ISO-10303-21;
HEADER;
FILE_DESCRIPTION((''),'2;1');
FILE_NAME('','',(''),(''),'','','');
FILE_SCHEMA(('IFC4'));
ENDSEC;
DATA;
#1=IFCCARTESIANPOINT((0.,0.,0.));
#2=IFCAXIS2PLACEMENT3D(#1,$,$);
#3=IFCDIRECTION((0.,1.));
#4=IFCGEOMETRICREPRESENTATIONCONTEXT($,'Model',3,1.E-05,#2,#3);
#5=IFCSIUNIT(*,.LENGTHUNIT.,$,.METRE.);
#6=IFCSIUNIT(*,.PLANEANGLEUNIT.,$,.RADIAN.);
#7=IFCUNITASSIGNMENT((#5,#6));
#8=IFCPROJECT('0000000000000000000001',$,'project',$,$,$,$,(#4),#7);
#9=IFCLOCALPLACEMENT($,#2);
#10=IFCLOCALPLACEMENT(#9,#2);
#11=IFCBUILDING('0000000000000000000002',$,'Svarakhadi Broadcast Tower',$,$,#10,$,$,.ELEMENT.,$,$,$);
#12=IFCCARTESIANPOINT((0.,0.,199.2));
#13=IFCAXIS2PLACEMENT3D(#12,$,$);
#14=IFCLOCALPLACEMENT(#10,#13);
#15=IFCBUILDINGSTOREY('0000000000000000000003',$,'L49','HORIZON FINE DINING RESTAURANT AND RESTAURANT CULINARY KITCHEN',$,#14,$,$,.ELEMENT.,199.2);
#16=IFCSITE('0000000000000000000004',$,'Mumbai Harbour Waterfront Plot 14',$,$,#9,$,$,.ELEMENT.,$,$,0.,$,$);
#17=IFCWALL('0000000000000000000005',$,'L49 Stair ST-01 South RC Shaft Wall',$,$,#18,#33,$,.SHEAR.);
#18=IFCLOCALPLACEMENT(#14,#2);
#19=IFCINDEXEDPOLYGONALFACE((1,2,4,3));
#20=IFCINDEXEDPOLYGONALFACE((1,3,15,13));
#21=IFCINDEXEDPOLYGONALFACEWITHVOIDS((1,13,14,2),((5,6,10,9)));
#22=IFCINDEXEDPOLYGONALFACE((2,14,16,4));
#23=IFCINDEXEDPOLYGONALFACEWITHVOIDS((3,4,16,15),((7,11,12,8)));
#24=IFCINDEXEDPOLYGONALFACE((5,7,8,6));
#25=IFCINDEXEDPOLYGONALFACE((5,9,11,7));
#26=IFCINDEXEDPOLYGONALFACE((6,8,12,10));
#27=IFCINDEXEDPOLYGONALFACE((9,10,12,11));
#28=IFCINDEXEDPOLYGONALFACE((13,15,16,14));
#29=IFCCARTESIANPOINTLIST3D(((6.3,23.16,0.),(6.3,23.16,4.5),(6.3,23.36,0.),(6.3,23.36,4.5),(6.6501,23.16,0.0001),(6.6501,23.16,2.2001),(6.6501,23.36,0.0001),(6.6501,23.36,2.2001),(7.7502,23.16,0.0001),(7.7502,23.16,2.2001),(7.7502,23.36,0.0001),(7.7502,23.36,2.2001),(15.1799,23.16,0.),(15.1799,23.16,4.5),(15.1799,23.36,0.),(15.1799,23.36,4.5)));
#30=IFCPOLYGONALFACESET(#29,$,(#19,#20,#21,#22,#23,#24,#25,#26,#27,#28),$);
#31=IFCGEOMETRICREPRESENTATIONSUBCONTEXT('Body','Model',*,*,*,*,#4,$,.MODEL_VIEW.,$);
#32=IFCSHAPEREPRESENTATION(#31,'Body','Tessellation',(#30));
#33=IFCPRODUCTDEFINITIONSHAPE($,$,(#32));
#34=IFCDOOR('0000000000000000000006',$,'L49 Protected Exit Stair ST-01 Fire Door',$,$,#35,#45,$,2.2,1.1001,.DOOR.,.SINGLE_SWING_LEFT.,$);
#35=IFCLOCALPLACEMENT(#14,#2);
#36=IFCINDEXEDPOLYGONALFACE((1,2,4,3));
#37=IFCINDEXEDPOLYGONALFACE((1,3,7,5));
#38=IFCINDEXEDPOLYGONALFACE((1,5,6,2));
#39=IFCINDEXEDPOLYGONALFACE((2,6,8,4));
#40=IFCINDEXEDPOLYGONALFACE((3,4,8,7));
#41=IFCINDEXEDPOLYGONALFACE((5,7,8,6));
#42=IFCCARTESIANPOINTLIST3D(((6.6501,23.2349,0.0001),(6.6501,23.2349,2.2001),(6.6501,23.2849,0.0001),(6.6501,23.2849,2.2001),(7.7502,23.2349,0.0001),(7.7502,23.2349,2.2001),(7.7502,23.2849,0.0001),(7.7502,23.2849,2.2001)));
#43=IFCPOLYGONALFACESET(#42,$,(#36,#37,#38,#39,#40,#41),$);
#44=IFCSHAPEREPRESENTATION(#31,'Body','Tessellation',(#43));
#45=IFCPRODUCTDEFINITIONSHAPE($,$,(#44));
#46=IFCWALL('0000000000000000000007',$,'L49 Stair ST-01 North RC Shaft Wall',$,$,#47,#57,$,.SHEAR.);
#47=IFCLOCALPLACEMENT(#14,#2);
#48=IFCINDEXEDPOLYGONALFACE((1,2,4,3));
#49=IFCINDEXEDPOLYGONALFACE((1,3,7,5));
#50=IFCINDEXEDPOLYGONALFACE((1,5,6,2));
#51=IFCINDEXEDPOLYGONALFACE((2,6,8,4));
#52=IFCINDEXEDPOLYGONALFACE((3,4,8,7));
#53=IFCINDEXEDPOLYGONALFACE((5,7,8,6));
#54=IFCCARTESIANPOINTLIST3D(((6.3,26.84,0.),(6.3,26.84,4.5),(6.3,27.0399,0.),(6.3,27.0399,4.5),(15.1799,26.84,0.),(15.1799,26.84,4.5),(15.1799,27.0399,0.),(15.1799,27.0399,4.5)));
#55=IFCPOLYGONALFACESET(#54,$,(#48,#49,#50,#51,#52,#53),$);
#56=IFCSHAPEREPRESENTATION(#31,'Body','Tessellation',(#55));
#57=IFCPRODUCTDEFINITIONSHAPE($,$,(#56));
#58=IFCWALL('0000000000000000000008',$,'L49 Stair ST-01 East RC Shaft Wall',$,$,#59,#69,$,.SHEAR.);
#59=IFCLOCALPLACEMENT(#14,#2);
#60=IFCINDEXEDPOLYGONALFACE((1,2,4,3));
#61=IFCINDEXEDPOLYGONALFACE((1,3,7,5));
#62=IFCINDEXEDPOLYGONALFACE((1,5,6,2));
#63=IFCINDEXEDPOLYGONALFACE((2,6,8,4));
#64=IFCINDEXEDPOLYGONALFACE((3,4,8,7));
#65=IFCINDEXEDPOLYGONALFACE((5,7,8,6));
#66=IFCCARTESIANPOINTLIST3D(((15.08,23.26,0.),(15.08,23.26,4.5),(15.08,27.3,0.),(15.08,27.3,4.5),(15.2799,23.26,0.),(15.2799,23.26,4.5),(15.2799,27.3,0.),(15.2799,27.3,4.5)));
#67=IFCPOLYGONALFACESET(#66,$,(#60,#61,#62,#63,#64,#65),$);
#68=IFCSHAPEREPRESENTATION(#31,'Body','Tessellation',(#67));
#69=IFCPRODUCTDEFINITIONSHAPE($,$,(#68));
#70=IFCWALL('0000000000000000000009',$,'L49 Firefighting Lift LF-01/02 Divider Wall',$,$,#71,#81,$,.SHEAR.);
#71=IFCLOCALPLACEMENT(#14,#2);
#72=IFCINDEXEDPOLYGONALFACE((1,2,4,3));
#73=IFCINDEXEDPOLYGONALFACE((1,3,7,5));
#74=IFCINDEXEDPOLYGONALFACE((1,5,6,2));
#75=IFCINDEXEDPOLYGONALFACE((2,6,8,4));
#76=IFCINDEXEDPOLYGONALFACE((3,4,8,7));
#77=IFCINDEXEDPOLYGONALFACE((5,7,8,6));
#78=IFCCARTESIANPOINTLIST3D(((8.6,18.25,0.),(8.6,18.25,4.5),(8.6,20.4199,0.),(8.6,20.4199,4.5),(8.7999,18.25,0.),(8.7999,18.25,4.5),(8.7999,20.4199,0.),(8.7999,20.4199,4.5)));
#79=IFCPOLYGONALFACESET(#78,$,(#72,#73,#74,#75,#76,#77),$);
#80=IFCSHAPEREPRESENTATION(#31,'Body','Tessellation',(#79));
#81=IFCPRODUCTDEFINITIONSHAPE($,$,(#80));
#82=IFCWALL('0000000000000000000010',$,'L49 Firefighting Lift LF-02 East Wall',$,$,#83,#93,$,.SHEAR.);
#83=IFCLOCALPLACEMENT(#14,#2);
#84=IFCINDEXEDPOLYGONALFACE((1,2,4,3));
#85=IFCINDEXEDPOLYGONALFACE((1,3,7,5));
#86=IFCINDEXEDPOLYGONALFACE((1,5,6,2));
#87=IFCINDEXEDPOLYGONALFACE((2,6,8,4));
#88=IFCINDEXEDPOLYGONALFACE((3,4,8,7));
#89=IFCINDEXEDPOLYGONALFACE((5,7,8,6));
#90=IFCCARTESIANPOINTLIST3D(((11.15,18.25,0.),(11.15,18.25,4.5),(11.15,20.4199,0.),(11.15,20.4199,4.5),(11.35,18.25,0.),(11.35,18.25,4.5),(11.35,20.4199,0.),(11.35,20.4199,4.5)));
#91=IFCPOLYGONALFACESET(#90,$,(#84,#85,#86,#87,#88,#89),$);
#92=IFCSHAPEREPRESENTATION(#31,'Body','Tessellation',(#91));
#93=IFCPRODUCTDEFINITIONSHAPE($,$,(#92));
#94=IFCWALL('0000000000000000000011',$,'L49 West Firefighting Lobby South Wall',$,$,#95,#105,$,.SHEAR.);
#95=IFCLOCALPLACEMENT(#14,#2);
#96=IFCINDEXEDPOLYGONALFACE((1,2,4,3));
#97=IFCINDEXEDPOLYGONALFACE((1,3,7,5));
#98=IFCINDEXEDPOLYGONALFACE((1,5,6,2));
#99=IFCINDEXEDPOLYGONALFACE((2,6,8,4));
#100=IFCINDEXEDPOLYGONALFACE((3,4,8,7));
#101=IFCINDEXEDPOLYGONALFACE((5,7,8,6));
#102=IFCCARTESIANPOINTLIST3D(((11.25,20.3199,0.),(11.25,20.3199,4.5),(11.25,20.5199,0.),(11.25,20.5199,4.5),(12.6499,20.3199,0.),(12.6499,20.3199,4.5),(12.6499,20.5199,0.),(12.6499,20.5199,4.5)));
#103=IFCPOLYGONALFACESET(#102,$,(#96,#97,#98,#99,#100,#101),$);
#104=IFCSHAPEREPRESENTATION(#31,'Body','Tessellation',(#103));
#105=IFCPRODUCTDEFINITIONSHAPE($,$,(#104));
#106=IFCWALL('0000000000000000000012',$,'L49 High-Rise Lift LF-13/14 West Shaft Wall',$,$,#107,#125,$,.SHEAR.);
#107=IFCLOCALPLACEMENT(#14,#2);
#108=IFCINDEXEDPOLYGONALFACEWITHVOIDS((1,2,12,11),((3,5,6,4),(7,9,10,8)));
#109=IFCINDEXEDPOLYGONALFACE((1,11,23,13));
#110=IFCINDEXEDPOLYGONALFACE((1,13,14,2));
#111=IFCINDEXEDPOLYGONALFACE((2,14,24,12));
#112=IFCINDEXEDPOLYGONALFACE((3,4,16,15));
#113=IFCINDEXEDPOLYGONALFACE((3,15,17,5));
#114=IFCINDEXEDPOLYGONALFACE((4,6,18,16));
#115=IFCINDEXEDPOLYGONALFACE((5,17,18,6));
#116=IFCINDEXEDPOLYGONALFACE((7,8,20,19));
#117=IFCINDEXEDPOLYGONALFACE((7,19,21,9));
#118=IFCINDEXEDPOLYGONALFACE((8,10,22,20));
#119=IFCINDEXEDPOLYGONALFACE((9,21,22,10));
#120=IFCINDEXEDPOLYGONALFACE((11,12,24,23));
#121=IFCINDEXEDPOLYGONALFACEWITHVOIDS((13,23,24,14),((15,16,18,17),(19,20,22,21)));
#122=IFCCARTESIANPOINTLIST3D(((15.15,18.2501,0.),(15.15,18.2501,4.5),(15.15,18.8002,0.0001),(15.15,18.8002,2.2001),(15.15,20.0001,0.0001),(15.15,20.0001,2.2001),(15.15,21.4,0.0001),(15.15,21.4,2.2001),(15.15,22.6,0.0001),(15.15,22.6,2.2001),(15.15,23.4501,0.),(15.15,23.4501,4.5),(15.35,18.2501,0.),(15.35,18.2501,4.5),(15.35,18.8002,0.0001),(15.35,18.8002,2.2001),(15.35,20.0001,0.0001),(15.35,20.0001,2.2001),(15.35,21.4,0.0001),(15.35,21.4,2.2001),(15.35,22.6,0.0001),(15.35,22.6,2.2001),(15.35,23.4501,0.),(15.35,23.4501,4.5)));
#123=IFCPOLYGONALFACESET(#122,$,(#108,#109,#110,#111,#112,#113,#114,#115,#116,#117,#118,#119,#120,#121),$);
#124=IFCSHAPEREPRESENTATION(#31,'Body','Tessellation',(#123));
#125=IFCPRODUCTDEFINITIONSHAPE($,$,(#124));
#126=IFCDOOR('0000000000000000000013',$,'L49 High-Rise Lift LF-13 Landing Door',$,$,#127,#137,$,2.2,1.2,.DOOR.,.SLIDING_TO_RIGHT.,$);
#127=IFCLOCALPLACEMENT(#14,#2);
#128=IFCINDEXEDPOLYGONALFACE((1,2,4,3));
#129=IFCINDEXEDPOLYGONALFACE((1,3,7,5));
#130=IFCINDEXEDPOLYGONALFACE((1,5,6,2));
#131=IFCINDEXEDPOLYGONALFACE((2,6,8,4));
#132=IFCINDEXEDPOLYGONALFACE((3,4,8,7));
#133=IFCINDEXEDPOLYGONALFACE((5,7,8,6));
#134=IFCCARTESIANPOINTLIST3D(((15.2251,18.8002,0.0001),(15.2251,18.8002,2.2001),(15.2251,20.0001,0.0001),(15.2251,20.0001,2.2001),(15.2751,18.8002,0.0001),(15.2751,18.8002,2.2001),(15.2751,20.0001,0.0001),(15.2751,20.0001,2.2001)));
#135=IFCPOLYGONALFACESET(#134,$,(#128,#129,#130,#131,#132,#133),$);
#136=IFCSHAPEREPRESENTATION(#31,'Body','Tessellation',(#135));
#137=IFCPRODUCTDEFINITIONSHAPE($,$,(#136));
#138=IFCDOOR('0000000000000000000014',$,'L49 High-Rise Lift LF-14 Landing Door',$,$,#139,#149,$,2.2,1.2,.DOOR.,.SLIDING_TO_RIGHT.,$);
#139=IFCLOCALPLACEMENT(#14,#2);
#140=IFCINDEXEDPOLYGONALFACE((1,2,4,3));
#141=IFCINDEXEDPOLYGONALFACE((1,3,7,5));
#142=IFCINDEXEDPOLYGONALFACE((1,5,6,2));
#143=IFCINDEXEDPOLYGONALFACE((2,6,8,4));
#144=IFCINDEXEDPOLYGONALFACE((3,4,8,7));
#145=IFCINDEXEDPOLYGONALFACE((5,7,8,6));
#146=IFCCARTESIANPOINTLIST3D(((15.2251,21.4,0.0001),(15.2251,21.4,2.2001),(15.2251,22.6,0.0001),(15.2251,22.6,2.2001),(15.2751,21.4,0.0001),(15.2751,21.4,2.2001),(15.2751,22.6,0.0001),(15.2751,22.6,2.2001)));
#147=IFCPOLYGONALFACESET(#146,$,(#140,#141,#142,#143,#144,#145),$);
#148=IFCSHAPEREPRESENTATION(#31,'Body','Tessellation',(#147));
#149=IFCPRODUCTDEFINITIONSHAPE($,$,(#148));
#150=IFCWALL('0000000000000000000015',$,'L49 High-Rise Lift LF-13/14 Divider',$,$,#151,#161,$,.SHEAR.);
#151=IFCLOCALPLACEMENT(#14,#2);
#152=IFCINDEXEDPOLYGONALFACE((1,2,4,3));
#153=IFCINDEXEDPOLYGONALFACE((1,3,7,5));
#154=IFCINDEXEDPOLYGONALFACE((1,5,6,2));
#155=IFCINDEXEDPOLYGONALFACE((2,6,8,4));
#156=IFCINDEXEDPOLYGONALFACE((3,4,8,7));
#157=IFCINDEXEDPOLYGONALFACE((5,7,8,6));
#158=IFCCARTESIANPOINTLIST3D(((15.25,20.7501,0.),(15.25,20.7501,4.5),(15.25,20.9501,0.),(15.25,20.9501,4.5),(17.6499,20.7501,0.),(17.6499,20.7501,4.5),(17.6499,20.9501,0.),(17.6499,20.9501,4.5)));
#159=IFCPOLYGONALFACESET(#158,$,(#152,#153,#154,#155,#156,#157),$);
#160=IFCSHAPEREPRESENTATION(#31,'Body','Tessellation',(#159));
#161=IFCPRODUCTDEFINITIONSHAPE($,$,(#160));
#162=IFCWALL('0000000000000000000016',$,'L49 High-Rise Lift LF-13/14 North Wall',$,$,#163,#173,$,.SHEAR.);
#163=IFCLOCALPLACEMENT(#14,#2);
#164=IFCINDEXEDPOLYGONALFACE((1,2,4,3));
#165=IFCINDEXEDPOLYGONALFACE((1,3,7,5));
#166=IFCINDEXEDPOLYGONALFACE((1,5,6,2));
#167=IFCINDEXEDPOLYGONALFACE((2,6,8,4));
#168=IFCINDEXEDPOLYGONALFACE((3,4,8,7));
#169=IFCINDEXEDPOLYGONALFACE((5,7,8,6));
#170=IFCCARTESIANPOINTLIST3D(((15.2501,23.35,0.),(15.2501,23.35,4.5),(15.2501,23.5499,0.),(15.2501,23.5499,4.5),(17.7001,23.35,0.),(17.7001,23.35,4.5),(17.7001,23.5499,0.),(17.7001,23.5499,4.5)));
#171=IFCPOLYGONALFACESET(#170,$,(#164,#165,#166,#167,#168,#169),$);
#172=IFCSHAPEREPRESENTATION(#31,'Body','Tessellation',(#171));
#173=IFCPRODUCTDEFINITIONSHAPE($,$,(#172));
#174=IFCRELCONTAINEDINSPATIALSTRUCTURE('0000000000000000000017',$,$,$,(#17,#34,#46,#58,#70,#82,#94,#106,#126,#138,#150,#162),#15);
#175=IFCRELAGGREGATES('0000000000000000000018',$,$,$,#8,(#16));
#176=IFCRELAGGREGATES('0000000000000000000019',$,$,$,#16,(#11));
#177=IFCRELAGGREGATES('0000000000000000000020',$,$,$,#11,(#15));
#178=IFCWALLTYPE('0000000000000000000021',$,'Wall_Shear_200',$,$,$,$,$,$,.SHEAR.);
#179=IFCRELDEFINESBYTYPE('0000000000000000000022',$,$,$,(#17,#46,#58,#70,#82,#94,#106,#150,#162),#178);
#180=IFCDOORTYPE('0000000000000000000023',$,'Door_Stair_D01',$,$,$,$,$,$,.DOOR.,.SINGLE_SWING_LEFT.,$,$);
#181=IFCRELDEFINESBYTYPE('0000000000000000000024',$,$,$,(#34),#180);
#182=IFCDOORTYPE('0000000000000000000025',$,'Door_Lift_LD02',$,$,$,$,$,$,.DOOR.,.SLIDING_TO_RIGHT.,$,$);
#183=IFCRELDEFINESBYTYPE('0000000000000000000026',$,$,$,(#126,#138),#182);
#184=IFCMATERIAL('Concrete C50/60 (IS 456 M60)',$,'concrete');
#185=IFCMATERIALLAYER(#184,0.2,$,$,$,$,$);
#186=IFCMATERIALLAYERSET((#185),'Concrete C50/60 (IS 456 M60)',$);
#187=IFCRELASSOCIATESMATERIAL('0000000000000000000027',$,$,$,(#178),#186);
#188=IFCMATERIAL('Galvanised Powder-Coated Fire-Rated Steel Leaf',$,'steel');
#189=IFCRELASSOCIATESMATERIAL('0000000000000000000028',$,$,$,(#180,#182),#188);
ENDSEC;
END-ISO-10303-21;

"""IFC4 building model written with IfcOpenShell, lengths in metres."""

from ifc_helpers import new_model, si_unit, direction, frame, frame_2d, origin, place, context, subcontext, project, spatial, rectangle, extrude, material, layer, layer_set, type_object, element, fill, save


model = new_model("IFC4")

# Units and contexts
model_context = context("Model", 3, precision=1e-05, world=origin(), true_north=direction((0.0, 1.0)))
body_context = subcontext(model_context, "Body", "Model", "MODEL_VIEW")
ifc_project = project(units=[si_unit("LENGTHUNIT", "METRE"), si_unit("PLANEANGLEUNIT", "RADIAN")], contexts=[model_context])

# Site, building, storey
site_placement = place(None, origin())
site = spatial("IfcSite", under=ifc_project, at=site_placement, Name="Mumbai Harbour Waterfront Plot 14", CompositionType="ELEMENT", RefElevation=0.0)
building_placement = place(site_placement, origin())
building = spatial("IfcBuilding", under=site, at=building_placement, Name="Svarakhadi Broadcast Tower", CompositionType="ELEMENT")
storey_placement = place(building_placement, frame((0.0, 0.0, 199.2)))
storey = spatial("IfcBuildingStorey", under=building, at=storey_placement, Name="L49", Description="HORIZON FINE DINING RESTAURANT AND RESTAURANT CULINARY KITCHEN", CompositionType="ELEMENT", Elevation=199.2)

# Shared definitions
ifc_material_1 = material(Name="Concrete C50/60 (IS 456 M60)", Category="concrete")

# Wall, opening, door
ifc_layer_1 = layer(ifc_material_1, 0.2)
ifc_layer_set_1 = layer_set([ifc_layer_1], Name="Concrete C50/60 (IS 456 M60)")
wall_type_1 = type_object("IfcWallType", Name="Wall_Shear_200", PredefinedType="SHEAR", material=ifc_layer_set_1)
wall_1_placement = place(storey_placement, frame((6.3, 23.26, 0.0), z_axis=(0.0, 0.0, 1.0), x_axis=(1.0, 0.0, 0.0)))
wall_1 = element("IfcWall", 1, at=wall_1_placement, inside=storey, type_object=wall_type_1, Name="L49 Stair ST-01 South RC Shaft Wall", PredefinedType="SHEAR", context=body_context, shape_type="SweptSolid", body=[
    extrude(rectangle(XDim=8.8799, YDim=0.2, at=frame_2d((4.4399, 0.0))), origin(), (0.0, 0.0, 1.0), 4.5),
])
opening_1_placement = place(wall_1_placement, frame((0.3501, 0.0, 0.0)))
opening_1 = element("IfcOpeningElement", 2, at=opening_1_placement, cuts=wall_1, PredefinedType="OPENING", context=body_context, shape_type="SweptSolid", body=[
    extrude(rectangle(XDim=1.1001, YDim=2.2, at=frame_2d((0.55, 1.1001))), frame((0.0, 0.1099, 0.0), z_axis=(0.0, -1.0, 0.0), x_axis=(1.0, 0.0, 0.0)), (0.0, 0.0, 1.0), 0.22),
])
ifc_material_2 = material(Name="Galvanised Powder-Coated Fire-Rated Steel Leaf", Category="steel")
door_type_1 = type_object("IfcDoorType", Name="Door_Stair_D01", OperationType="SINGLE_SWING_LEFT", PredefinedType="DOOR", material=ifc_material_2)
door_1_placement = place(opening_1_placement, origin())
door_1 = element("IfcDoor", 3, at=door_1_placement, inside=storey, type_object=door_type_1, Name="L49 Protected Exit Stair ST-01 Fire Door", OperationType="SINGLE_SWING_LEFT", OverallHeight=2.2, OverallWidth=1.1001, PredefinedType="DOOR", context=body_context, shape_type="SweptSolid", body=[
    extrude(rectangle(XDim=1.1001, YDim=2.2, at=frame_2d((0.55, 1.1001))), frame((0.0, 0.0249, 0.0), z_axis=(0.0, -1.0, 0.0), x_axis=(1.0, 0.0, 0.0)), (0.0, 0.0, 1.0), 0.05),
])
fill(opening_1, door_1)

# Walls
wall_2_placement = place(storey_placement, frame((6.3, 26.9399, 0.0), z_axis=(0.0, 0.0, 1.0), x_axis=(1.0, 0.0, 0.0)))
element("IfcWall", 4, at=wall_2_placement, inside=storey, type_object=wall_type_1, Name="L49 Stair ST-01 North RC Shaft Wall", PredefinedType="SHEAR", context=body_context, shape_type="SweptSolid", body=[
    extrude(rectangle(XDim=8.8799, YDim=0.2, at=frame_2d((4.4399, 0.0))), origin(), (0.0, 0.0, 1.0), 4.5),
])
wall_3_placement = place(storey_placement, frame((15.1799, 23.26, 0.0), z_axis=(0.0, 0.0, 1.0), x_axis=(0.0, 1.0, 0.0)))
element("IfcWall", 5, at=wall_3_placement, inside=storey, type_object=wall_type_1, Name="L49 Stair ST-01 East RC Shaft Wall", PredefinedType="SHEAR", context=body_context, shape_type="SweptSolid", body=[
    extrude(rectangle(XDim=4.04, YDim=0.2, at=frame_2d((2.02, 0.0))), origin(), (0.0, 0.0, 1.0), 4.5),
])
for number, where, z_axis, x_axis, name in (
    (6, (8.7, 18.25, 0.0), (0.0, 0.0, 1.0), (0.0, 1.0, 0.0), "L49 Firefighting Lift LF-01/02 Divider Wall"),
    (7, (11.25, 18.25, 0.0), (0.0, 0.0, 1.0), (0.0, 1.0, 0.0), "L49 Firefighting Lift LF-02 East Wall"),
):
    element("IfcWall", number, at=place(storey_placement, frame(where, z_axis=z_axis, x_axis=x_axis)), inside=storey, type_object=wall_type_1, Name=name, PredefinedType="SHEAR", context=body_context, shape_type="SweptSolid", body=[
        extrude(rectangle(XDim=2.1699, YDim=0.2, at=frame_2d((1.085, 0.0))), origin(), (0.0, 0.0, 1.0), 4.5),
    ])
wall_4_placement = place(storey_placement, frame((11.25, 20.4199, 0.0), z_axis=(0.0, 0.0, 1.0), x_axis=(1.0, 0.0, 0.0)))
element("IfcWall", 8, at=wall_4_placement, inside=storey, type_object=wall_type_1, Name="L49 West Firefighting Lobby South Wall", PredefinedType="SHEAR", context=body_context, shape_type="SweptSolid", body=[
    extrude(rectangle(XDim=1.3999, YDim=0.2, at=frame_2d((0.7, 0.0))), origin(), (0.0, 0.0, 1.0), 4.5),
])

# Wall, openings, doors
wall_5_placement = place(storey_placement, frame((15.25, 18.25, 0.0), z_axis=(0.0, 0.0, 1.0), x_axis=(0.0, 1.0, 0.0)))
wall_5 = element("IfcWall", 9, at=wall_5_placement, inside=storey, type_object=wall_type_1, Name="L49 High-Rise Lift LF-13/14 West Shaft Wall", PredefinedType="SHEAR", context=body_context, shape_type="SweptSolid", body=[
    extrude(rectangle(XDim=5.2, YDim=0.2, at=frame_2d((2.6001, 0.0))), origin(), (0.0, 0.0, 1.0), 4.5),
])
opening_2_placement = place(wall_5_placement, frame((0.55, 0.0, 0.0)))
opening_2 = element("IfcOpeningElement", 10, at=opening_2_placement, cuts=wall_5, PredefinedType="OPENING", context=body_context, shape_type="SweptSolid", body=[
    extrude(rectangle(XDim=1.2, YDim=2.2, at=frame_2d((0.6001, 1.1001))), frame((0.0, 0.1099, 0.0), z_axis=(0.0, -1.0, 0.0), x_axis=(1.0, 0.0, 0.0)), (0.0, 0.0, 1.0), 0.22),
])
opening_3_placement = place(wall_5_placement, frame((3.1499, 0.0, 0.0)))
opening_3 = element("IfcOpeningElement", 11, at=opening_3_placement, cuts=wall_5, PredefinedType="OPENING", context=body_context, shape_type="SweptSolid", body=[
    extrude(rectangle(XDim=1.2, YDim=2.2, at=frame_2d((0.6001, 1.1001))), frame((0.0, 0.1099, 0.0), z_axis=(0.0, -1.0, 0.0), x_axis=(1.0, 0.0, 0.0)), (0.0, 0.0, 1.0), 0.22),
])
door_type_2 = type_object("IfcDoorType", Name="Door_Lift_LD02", OperationType="SLIDING_TO_RIGHT", PredefinedType="DOOR", material=ifc_material_2)
door_2_placement = place(opening_2_placement, origin())
door_2 = element("IfcDoor", 12, at=door_2_placement, inside=storey, type_object=door_type_2, Name="L49 High-Rise Lift LF-13 Landing Door", OperationType="SLIDING_TO_RIGHT", OverallHeight=2.2, OverallWidth=1.2, PredefinedType="DOOR", context=body_context, shape_type="SweptSolid", body=[
    extrude(rectangle(XDim=1.2, YDim=2.2, at=frame_2d((0.6001, 1.1001))), frame((0.0, 0.0249, 0.0), z_axis=(0.0, -1.0, 0.0), x_axis=(1.0, 0.0, 0.0)), (0.0, 0.0, 1.0), 0.05),
])
fill(opening_2, door_2)
door_3_placement = place(opening_3_placement, origin())
door_3 = element("IfcDoor", 13, at=door_3_placement, inside=storey, type_object=door_type_2, Name="L49 High-Rise Lift LF-14 Landing Door", OperationType="SLIDING_TO_RIGHT", OverallHeight=2.2, OverallWidth=1.2, PredefinedType="DOOR", context=body_context, shape_type="SweptSolid", body=[
    extrude(rectangle(XDim=1.2, YDim=2.2, at=frame_2d((0.6001, 1.1001))), frame((0.0, 0.0249, 0.0), z_axis=(0.0, -1.0, 0.0), x_axis=(1.0, 0.0, 0.0)), (0.0, 0.0, 1.0), 0.05),
])
fill(opening_3, door_3)

# Walls
wall_6_placement = place(storey_placement, frame((15.25, 20.8501, 0.0), z_axis=(0.0, 0.0, 1.0), x_axis=(1.0, 0.0, 0.0)))
element("IfcWall", 14, at=wall_6_placement, inside=storey, type_object=wall_type_1, Name="L49 High-Rise Lift LF-13/14 Divider", PredefinedType="SHEAR", context=body_context, shape_type="SweptSolid", body=[
    extrude(rectangle(XDim=2.3999, YDim=0.2, at=frame_2d((1.2, 0.0))), origin(), (0.0, 0.0, 1.0), 4.5),
])
wall_7_placement = place(storey_placement, frame((15.25, 23.45, 0.0), z_axis=(0.0, 0.0, 1.0), x_axis=(1.0, 0.0, 0.0)))
element("IfcWall", 15, at=wall_7_placement, inside=storey, type_object=wall_type_1, Name="L49 High-Rise Lift LF-13/14 North Wall", PredefinedType="SHEAR", context=body_context, shape_type="SweptSolid", body=[
    extrude(rectangle(XDim=2.45, YDim=0.2, at=frame_2d((1.2251, 0.0))), origin(), (0.0, 0.0, 1.0), 4.5),
])

save(model, "model.ifc")
